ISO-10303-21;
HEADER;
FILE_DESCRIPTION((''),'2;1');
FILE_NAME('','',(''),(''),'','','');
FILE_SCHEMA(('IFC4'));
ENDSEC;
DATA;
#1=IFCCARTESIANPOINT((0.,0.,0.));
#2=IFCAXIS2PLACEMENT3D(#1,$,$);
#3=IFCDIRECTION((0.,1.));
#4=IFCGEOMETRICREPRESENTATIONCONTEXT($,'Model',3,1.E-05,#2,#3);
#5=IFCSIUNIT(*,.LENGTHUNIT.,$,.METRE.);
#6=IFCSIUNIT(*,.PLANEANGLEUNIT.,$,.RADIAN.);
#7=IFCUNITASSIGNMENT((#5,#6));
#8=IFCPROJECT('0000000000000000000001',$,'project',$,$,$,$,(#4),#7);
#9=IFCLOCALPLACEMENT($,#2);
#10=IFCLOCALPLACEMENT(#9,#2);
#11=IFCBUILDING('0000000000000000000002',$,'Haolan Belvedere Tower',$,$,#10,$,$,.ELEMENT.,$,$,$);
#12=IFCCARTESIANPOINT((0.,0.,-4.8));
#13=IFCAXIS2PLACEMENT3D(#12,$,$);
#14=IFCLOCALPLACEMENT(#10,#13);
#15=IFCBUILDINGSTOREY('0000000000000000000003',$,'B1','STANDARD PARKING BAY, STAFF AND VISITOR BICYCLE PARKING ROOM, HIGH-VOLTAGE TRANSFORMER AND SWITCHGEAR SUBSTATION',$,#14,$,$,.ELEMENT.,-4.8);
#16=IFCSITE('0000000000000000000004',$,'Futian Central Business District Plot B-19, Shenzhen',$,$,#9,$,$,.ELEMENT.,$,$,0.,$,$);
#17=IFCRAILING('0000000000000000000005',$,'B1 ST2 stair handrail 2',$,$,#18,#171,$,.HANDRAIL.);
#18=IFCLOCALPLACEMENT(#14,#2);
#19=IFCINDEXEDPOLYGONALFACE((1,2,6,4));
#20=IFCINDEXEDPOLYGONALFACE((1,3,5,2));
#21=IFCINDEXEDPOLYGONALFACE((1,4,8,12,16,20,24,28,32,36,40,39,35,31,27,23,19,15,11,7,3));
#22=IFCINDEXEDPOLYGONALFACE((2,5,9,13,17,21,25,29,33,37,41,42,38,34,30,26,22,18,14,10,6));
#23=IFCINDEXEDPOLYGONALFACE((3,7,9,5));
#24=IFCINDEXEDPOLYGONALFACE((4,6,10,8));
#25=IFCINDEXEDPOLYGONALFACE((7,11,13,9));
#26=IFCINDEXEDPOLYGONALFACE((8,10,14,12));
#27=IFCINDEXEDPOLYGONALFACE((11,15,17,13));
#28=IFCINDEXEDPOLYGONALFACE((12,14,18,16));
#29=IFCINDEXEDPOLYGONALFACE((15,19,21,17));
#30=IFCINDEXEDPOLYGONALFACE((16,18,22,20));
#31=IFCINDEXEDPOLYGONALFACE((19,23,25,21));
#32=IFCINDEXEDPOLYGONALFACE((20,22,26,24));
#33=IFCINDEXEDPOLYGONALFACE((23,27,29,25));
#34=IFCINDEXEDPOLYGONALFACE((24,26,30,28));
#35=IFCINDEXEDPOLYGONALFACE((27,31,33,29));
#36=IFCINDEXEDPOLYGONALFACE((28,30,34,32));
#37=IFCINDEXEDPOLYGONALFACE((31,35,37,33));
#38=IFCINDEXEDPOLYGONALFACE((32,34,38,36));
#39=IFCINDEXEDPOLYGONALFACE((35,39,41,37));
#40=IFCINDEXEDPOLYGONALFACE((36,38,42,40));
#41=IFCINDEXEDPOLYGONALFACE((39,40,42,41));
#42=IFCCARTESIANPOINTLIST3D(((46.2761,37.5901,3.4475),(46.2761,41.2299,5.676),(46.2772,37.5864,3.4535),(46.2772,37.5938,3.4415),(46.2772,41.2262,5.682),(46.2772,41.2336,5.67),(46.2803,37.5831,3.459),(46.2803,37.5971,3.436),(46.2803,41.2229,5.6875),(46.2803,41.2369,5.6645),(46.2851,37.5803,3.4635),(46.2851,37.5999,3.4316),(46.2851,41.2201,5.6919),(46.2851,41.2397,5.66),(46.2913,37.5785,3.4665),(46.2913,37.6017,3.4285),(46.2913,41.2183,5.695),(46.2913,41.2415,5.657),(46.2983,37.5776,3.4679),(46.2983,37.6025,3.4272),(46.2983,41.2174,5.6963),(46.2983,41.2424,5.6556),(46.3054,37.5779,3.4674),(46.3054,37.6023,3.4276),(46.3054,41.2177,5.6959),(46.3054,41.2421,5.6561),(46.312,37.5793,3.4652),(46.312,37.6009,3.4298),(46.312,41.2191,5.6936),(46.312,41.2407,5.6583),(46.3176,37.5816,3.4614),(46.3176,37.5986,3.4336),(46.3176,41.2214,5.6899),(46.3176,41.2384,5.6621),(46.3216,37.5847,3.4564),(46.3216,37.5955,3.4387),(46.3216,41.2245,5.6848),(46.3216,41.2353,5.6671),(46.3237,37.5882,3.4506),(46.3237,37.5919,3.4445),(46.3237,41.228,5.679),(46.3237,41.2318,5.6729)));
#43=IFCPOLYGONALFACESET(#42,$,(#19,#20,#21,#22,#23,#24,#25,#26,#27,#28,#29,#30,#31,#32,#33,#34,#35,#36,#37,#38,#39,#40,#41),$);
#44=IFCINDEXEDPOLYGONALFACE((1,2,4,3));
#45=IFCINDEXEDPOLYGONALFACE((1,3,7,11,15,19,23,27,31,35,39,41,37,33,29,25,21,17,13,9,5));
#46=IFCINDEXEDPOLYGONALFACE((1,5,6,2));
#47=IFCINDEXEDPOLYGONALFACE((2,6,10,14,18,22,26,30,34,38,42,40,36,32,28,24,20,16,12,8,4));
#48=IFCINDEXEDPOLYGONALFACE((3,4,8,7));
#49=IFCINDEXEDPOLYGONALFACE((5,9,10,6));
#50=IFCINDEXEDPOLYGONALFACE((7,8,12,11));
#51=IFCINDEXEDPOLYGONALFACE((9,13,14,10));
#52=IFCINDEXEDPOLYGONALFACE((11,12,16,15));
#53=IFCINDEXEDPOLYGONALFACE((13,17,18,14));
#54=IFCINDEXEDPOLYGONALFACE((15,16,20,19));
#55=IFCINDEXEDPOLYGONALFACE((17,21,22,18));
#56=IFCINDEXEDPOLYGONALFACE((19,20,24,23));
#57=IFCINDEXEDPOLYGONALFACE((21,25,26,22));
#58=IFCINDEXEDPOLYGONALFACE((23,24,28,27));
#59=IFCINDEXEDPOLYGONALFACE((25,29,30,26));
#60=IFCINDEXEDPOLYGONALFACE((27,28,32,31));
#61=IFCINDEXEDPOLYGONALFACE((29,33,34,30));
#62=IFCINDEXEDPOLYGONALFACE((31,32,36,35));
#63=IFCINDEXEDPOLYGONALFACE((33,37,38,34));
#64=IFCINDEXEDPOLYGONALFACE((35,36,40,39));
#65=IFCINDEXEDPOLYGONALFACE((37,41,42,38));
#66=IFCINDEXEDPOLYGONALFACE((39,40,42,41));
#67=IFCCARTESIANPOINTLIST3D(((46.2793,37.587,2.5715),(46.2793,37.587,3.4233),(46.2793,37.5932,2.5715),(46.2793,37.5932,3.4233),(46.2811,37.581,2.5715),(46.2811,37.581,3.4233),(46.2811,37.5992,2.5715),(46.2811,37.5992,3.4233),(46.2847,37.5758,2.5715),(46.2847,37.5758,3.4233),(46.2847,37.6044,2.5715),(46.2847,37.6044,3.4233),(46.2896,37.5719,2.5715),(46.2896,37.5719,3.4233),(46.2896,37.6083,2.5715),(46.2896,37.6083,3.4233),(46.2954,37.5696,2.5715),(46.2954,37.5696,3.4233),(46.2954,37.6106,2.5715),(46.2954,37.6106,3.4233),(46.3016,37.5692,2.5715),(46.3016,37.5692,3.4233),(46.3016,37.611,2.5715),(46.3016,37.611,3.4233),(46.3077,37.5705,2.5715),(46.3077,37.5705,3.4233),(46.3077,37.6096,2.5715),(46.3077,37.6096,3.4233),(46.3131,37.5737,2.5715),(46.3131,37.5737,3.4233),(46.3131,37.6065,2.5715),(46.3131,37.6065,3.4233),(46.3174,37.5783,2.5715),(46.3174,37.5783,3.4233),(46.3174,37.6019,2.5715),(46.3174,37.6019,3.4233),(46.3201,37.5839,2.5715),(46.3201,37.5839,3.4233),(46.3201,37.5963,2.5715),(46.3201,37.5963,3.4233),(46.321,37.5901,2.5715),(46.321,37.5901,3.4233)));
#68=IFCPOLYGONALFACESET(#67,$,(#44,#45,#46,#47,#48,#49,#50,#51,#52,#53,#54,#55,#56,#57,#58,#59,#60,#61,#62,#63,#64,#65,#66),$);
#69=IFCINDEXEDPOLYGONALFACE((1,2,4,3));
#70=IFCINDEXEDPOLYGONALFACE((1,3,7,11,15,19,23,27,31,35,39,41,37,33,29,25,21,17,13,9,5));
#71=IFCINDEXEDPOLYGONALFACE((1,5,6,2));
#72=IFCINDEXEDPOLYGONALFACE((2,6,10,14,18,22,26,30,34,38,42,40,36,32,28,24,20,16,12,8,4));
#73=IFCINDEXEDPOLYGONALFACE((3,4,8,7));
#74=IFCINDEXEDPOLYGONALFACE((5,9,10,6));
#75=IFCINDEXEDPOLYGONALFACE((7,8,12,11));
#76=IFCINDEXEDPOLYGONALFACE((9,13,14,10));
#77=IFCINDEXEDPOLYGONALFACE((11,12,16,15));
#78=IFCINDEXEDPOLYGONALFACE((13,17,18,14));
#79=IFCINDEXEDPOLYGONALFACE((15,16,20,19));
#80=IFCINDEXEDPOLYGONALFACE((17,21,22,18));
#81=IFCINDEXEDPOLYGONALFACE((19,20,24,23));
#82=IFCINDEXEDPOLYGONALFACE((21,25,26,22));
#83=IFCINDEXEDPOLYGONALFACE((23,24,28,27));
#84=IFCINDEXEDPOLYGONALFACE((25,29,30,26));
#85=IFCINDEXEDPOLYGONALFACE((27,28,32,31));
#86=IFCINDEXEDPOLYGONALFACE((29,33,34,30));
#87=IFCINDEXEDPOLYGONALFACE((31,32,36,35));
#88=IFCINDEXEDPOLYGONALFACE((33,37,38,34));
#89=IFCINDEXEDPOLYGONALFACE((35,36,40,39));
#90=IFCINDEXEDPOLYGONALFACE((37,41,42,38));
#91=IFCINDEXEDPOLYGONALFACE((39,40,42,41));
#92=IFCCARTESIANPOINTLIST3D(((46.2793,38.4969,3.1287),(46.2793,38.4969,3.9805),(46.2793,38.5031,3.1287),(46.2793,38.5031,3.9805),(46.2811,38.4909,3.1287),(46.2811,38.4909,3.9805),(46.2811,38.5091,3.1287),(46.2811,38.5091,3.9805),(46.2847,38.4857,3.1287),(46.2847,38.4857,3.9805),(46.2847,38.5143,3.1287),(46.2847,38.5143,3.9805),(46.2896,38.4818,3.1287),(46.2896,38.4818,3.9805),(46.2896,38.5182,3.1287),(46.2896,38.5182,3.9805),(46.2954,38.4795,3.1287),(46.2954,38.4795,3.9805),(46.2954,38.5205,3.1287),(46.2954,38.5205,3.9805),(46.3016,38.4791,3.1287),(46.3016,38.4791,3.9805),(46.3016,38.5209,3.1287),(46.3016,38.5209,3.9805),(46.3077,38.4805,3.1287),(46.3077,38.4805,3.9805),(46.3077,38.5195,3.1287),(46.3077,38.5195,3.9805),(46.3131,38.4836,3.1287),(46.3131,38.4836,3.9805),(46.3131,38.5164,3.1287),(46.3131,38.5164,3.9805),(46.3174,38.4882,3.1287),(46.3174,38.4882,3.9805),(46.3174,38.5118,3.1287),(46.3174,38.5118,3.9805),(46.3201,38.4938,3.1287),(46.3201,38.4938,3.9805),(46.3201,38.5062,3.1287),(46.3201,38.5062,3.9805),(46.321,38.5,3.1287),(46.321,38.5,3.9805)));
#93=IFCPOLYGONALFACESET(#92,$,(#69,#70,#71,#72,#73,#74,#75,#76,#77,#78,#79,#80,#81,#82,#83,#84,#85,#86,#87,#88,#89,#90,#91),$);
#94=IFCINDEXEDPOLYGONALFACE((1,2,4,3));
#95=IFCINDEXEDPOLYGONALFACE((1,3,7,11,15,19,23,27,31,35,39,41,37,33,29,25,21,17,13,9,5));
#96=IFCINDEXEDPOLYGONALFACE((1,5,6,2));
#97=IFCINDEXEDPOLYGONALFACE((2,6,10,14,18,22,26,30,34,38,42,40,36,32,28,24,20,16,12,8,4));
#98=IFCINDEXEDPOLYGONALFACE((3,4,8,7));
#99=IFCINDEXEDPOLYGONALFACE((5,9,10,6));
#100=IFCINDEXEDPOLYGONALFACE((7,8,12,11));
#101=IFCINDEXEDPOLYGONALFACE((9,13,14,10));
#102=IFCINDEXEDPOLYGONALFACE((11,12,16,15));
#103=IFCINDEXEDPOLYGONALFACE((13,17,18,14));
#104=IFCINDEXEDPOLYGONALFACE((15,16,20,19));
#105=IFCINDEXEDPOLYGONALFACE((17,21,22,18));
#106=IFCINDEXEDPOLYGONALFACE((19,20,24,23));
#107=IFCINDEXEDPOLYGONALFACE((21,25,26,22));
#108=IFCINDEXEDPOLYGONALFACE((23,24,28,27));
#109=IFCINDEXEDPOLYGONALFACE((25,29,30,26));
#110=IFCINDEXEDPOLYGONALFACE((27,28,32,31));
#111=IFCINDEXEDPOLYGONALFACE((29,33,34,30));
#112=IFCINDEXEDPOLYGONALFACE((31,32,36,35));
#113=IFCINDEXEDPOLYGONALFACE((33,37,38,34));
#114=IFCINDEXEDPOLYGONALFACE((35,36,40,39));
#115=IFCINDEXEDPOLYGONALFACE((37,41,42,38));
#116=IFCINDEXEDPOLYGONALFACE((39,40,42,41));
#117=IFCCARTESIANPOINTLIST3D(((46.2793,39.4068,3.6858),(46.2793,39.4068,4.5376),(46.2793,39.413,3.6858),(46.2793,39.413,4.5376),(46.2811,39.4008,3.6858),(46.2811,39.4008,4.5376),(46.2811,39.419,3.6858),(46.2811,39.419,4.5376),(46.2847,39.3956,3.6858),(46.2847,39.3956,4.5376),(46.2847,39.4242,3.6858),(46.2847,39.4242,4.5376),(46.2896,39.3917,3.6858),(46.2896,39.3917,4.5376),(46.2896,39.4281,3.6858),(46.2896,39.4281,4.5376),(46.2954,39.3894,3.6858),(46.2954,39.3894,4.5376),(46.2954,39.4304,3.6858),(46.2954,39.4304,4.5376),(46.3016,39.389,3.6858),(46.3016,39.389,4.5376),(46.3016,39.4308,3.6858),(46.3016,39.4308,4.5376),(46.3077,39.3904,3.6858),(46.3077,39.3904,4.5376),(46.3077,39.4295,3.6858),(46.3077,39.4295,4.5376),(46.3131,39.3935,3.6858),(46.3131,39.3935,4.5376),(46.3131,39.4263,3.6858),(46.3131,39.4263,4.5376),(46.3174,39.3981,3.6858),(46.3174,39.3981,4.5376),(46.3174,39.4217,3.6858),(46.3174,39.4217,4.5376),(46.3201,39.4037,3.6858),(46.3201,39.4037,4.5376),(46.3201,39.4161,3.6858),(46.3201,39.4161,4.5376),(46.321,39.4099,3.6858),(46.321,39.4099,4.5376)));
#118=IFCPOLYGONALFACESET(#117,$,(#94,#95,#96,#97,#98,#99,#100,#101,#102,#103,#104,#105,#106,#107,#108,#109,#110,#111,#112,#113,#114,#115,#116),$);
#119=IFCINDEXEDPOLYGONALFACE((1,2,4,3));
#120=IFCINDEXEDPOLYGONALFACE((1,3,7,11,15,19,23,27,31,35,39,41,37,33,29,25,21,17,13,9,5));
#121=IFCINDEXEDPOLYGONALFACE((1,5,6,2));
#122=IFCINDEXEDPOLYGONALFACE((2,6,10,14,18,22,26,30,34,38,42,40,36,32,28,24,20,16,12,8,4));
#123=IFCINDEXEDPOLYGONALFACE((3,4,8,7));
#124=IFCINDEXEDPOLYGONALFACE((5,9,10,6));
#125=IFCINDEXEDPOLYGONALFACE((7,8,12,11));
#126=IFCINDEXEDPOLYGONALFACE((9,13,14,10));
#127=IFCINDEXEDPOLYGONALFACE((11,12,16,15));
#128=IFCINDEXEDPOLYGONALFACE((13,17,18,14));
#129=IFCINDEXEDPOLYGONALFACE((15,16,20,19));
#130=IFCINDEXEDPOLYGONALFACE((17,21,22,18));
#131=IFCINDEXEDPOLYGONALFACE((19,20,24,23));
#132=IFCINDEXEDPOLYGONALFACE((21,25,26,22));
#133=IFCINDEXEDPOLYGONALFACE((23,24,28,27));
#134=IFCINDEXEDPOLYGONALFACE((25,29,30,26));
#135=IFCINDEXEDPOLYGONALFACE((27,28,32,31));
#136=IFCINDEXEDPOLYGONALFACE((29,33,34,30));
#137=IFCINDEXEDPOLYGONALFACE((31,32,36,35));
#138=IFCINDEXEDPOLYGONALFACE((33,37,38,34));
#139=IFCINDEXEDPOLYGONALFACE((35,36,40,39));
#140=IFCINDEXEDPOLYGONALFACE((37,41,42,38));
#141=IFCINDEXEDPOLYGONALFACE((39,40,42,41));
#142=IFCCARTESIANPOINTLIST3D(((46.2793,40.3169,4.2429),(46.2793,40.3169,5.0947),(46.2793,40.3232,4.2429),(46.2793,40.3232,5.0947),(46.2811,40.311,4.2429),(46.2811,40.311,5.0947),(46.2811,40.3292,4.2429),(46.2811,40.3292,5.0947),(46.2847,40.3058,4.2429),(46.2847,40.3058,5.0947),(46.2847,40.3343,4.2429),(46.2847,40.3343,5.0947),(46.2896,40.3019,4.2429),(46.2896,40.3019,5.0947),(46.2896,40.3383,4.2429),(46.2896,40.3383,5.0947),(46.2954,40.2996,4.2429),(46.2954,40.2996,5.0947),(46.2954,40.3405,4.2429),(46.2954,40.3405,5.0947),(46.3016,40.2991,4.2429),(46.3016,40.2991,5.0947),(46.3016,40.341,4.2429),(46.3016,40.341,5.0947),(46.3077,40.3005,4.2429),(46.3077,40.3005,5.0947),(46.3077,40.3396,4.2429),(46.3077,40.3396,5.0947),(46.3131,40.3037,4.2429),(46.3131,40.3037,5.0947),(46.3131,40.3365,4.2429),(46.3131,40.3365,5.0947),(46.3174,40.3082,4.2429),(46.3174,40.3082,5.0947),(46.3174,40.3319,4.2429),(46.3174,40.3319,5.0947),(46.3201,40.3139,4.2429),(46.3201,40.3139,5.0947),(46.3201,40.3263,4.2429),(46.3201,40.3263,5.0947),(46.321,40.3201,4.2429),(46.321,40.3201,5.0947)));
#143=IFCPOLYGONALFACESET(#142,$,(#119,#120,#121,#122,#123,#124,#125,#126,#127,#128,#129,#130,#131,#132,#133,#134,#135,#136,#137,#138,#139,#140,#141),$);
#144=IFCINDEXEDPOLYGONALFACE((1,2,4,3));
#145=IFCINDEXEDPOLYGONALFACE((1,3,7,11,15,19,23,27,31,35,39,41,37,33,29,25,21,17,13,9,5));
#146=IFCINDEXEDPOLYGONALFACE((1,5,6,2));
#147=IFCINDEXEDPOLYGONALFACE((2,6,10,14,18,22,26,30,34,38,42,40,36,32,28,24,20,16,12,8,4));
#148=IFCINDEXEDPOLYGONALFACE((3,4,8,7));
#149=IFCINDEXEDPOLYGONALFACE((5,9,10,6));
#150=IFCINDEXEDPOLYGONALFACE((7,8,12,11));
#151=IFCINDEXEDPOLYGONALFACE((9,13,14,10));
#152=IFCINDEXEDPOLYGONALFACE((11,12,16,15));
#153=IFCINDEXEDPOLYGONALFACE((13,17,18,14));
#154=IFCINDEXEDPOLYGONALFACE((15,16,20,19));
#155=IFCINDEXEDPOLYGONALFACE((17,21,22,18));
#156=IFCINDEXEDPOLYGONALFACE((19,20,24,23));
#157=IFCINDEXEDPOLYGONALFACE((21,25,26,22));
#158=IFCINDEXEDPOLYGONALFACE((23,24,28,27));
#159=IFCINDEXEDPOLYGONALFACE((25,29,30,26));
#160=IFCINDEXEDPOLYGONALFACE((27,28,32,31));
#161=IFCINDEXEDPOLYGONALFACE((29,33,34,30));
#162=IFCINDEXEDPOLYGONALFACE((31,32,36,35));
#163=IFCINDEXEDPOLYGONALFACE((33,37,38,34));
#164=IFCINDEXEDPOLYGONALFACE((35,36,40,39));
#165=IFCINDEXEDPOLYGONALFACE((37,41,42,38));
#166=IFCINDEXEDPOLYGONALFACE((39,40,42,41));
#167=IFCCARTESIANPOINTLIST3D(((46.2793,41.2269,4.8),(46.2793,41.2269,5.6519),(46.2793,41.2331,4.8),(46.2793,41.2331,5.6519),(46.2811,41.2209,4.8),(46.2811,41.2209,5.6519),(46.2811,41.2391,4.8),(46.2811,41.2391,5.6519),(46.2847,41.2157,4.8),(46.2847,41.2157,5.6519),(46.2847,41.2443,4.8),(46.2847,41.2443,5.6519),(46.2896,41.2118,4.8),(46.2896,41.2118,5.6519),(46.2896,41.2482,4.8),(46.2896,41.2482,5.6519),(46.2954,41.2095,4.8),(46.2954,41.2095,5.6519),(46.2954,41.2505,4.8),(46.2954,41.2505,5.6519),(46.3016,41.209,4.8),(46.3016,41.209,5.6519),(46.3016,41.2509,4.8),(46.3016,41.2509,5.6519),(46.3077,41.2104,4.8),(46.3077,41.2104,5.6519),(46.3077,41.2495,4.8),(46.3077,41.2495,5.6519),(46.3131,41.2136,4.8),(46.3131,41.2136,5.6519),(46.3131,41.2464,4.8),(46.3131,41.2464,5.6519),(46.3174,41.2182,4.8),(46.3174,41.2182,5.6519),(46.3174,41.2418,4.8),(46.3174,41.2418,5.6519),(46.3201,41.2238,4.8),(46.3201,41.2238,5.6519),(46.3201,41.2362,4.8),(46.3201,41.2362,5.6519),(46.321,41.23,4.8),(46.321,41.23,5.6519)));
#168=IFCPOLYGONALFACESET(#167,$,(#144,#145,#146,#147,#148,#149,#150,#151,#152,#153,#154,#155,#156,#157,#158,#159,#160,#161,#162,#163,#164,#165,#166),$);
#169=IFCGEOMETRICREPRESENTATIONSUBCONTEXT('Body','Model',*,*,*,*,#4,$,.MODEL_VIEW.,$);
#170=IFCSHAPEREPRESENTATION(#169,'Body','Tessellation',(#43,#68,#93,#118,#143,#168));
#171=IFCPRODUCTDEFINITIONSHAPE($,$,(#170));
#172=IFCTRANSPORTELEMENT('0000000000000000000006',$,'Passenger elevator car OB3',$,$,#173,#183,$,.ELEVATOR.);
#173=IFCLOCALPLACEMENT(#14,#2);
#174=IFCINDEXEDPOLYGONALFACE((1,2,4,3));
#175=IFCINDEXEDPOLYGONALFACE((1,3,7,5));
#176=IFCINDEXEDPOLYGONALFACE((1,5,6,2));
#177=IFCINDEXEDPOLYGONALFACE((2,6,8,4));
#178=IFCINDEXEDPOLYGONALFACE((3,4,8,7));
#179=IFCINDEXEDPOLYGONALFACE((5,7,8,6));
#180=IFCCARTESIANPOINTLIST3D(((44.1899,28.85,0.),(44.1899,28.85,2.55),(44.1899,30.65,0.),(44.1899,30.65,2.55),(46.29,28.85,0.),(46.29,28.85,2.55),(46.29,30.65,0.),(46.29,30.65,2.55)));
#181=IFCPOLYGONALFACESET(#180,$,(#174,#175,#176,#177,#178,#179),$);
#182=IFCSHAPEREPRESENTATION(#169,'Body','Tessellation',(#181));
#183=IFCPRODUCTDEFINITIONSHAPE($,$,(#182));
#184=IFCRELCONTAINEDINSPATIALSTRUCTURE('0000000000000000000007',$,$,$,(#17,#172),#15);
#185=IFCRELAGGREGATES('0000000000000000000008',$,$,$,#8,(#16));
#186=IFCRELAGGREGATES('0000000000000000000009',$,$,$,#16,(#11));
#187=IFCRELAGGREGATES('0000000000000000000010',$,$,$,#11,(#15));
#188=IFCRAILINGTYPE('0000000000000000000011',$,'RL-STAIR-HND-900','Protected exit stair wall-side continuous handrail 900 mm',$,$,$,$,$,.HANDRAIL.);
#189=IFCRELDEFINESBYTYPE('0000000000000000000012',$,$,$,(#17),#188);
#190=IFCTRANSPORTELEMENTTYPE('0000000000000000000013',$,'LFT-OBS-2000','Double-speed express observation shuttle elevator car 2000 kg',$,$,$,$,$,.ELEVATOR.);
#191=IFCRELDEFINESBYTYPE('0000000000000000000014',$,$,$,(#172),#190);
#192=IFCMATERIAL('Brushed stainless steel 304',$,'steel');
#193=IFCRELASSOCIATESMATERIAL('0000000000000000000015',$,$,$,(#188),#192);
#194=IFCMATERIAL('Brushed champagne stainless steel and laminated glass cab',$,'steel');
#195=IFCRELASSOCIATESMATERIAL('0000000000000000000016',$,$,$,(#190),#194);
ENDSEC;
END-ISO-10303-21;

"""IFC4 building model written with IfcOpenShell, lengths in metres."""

from ifc_helpers import new_model, si_unit, direction, frame, origin, origin_2d, place, context, subcontext, project, spatial, rectangle, circle, extrude, material, type_object, element, save


model = new_model("IFC4")

# Units and contexts
model_context = context("Model", 3, precision=1e-05, world=origin(), true_north=direction((0.0, 1.0)))
body_context = subcontext(model_context, "Body", "Model", "MODEL_VIEW")
ifc_project = project(units=[si_unit("LENGTHUNIT", "METRE"), si_unit("PLANEANGLEUNIT", "RADIAN")], contexts=[model_context])

# Site, building, storey
site_placement = place(None, origin())
site = spatial("IfcSite", under=ifc_project, at=site_placement, Name="Futian Central Business District Plot B-19, Shenzhen", CompositionType="ELEMENT", RefElevation=0.0)
building_placement = place(site_placement, origin())
building = spatial("IfcBuilding", under=site, at=building_placement, Name="Haolan Belvedere Tower", CompositionType="ELEMENT")
storey_placement = place(building_placement, frame((0.0, 0.0, -4.8)))
storey = spatial("IfcBuildingStorey", under=building, at=storey_placement, Name="B1", Description="STANDARD PARKING BAY, STAFF AND VISITOR BICYCLE PARKING ROOM, HIGH-VOLTAGE TRANSFORMER AND SWITCHGEAR SUBSTATION", CompositionType="ELEMENT", Elevation=-4.8)

# Railing
ifc_material_1 = material(Name="Brushed stainless steel 304", Category="steel")
railing_type_1 = type_object("IfcRailingType", Name="RL-STAIR-HND-900", Description="Protected exit stair wall-side continuous handrail 900 mm", PredefinedType="HANDRAIL", material=ifc_material_1)
railing_1_placement = place(storey_placement, frame((46.3, 37.5901, 2.5715)))
element("IfcRailing", 1, at=railing_1_placement, inside=storey, type_object=railing_type_1, Name="B1 ST2 stair handrail 2", PredefinedType="HANDRAIL", context=body_context, shape_type="SweptSolid", body=[
    extrude(circle(Radius=0.0239, at=origin_2d()), frame((0.0, 0.0, 0.876), z_axis=(0.0, 0.85285, 0.522156), x_axis=(-1.0, 0.0, 0.0)), (0.0, 0.0, 1.0), 4.2678),
    extrude(circle(Radius=0.021, at=origin_2d()), origin(), (0.0, 0.0, 1.0), 0.8518),
    extrude(circle(Radius=0.021, at=origin_2d()), frame((0.0, 0.9099, 0.5571)), (0.0, 0.0, 1.0), 0.8518),
    extrude(circle(Radius=0.021, at=origin_2d()), frame((0.0, 1.8198, 1.1143)), (0.0, 0.0, 1.0), 0.8518),
    extrude(circle(Radius=0.021, at=origin_2d()), frame((0.0, 2.73, 1.6714)), (0.0, 0.0, 1.0), 0.8518),
    extrude(circle(Radius=0.021, at=origin_2d()), frame((0.0, 3.6399, 2.2285)), (0.0, 0.0, 1.0), 0.8518),
])

# Transport element
ifc_material_2 = material(Name="Brushed champagne stainless steel and laminated glass cab", Category="steel")
transport_element_type = type_object("IfcTransportElementType", Name="LFT-OBS-2000", Description="Double-speed express observation shuttle elevator car 2000 kg", PredefinedType="ELEVATOR", material=ifc_material_2)
transport_element_placement = place(storey_placement, frame((45.24, 29.75, 0.0), z_axis=(0.0, 0.0, 1.0), x_axis=(1.0, 0.0, 0.0)))
element("IfcTransportElement", 2, at=transport_element_placement, inside=storey, type_object=transport_element_type, Name="Passenger elevator car OB3", PredefinedType="ELEVATOR", context=body_context, shape_type="SweptSolid", body=[
    extrude(rectangle(XDim=2.1001, YDim=1.8, at=origin_2d()), origin(), (0.0, 0.0, 1.0), 2.55),
])

save(model, "model.ifc")
